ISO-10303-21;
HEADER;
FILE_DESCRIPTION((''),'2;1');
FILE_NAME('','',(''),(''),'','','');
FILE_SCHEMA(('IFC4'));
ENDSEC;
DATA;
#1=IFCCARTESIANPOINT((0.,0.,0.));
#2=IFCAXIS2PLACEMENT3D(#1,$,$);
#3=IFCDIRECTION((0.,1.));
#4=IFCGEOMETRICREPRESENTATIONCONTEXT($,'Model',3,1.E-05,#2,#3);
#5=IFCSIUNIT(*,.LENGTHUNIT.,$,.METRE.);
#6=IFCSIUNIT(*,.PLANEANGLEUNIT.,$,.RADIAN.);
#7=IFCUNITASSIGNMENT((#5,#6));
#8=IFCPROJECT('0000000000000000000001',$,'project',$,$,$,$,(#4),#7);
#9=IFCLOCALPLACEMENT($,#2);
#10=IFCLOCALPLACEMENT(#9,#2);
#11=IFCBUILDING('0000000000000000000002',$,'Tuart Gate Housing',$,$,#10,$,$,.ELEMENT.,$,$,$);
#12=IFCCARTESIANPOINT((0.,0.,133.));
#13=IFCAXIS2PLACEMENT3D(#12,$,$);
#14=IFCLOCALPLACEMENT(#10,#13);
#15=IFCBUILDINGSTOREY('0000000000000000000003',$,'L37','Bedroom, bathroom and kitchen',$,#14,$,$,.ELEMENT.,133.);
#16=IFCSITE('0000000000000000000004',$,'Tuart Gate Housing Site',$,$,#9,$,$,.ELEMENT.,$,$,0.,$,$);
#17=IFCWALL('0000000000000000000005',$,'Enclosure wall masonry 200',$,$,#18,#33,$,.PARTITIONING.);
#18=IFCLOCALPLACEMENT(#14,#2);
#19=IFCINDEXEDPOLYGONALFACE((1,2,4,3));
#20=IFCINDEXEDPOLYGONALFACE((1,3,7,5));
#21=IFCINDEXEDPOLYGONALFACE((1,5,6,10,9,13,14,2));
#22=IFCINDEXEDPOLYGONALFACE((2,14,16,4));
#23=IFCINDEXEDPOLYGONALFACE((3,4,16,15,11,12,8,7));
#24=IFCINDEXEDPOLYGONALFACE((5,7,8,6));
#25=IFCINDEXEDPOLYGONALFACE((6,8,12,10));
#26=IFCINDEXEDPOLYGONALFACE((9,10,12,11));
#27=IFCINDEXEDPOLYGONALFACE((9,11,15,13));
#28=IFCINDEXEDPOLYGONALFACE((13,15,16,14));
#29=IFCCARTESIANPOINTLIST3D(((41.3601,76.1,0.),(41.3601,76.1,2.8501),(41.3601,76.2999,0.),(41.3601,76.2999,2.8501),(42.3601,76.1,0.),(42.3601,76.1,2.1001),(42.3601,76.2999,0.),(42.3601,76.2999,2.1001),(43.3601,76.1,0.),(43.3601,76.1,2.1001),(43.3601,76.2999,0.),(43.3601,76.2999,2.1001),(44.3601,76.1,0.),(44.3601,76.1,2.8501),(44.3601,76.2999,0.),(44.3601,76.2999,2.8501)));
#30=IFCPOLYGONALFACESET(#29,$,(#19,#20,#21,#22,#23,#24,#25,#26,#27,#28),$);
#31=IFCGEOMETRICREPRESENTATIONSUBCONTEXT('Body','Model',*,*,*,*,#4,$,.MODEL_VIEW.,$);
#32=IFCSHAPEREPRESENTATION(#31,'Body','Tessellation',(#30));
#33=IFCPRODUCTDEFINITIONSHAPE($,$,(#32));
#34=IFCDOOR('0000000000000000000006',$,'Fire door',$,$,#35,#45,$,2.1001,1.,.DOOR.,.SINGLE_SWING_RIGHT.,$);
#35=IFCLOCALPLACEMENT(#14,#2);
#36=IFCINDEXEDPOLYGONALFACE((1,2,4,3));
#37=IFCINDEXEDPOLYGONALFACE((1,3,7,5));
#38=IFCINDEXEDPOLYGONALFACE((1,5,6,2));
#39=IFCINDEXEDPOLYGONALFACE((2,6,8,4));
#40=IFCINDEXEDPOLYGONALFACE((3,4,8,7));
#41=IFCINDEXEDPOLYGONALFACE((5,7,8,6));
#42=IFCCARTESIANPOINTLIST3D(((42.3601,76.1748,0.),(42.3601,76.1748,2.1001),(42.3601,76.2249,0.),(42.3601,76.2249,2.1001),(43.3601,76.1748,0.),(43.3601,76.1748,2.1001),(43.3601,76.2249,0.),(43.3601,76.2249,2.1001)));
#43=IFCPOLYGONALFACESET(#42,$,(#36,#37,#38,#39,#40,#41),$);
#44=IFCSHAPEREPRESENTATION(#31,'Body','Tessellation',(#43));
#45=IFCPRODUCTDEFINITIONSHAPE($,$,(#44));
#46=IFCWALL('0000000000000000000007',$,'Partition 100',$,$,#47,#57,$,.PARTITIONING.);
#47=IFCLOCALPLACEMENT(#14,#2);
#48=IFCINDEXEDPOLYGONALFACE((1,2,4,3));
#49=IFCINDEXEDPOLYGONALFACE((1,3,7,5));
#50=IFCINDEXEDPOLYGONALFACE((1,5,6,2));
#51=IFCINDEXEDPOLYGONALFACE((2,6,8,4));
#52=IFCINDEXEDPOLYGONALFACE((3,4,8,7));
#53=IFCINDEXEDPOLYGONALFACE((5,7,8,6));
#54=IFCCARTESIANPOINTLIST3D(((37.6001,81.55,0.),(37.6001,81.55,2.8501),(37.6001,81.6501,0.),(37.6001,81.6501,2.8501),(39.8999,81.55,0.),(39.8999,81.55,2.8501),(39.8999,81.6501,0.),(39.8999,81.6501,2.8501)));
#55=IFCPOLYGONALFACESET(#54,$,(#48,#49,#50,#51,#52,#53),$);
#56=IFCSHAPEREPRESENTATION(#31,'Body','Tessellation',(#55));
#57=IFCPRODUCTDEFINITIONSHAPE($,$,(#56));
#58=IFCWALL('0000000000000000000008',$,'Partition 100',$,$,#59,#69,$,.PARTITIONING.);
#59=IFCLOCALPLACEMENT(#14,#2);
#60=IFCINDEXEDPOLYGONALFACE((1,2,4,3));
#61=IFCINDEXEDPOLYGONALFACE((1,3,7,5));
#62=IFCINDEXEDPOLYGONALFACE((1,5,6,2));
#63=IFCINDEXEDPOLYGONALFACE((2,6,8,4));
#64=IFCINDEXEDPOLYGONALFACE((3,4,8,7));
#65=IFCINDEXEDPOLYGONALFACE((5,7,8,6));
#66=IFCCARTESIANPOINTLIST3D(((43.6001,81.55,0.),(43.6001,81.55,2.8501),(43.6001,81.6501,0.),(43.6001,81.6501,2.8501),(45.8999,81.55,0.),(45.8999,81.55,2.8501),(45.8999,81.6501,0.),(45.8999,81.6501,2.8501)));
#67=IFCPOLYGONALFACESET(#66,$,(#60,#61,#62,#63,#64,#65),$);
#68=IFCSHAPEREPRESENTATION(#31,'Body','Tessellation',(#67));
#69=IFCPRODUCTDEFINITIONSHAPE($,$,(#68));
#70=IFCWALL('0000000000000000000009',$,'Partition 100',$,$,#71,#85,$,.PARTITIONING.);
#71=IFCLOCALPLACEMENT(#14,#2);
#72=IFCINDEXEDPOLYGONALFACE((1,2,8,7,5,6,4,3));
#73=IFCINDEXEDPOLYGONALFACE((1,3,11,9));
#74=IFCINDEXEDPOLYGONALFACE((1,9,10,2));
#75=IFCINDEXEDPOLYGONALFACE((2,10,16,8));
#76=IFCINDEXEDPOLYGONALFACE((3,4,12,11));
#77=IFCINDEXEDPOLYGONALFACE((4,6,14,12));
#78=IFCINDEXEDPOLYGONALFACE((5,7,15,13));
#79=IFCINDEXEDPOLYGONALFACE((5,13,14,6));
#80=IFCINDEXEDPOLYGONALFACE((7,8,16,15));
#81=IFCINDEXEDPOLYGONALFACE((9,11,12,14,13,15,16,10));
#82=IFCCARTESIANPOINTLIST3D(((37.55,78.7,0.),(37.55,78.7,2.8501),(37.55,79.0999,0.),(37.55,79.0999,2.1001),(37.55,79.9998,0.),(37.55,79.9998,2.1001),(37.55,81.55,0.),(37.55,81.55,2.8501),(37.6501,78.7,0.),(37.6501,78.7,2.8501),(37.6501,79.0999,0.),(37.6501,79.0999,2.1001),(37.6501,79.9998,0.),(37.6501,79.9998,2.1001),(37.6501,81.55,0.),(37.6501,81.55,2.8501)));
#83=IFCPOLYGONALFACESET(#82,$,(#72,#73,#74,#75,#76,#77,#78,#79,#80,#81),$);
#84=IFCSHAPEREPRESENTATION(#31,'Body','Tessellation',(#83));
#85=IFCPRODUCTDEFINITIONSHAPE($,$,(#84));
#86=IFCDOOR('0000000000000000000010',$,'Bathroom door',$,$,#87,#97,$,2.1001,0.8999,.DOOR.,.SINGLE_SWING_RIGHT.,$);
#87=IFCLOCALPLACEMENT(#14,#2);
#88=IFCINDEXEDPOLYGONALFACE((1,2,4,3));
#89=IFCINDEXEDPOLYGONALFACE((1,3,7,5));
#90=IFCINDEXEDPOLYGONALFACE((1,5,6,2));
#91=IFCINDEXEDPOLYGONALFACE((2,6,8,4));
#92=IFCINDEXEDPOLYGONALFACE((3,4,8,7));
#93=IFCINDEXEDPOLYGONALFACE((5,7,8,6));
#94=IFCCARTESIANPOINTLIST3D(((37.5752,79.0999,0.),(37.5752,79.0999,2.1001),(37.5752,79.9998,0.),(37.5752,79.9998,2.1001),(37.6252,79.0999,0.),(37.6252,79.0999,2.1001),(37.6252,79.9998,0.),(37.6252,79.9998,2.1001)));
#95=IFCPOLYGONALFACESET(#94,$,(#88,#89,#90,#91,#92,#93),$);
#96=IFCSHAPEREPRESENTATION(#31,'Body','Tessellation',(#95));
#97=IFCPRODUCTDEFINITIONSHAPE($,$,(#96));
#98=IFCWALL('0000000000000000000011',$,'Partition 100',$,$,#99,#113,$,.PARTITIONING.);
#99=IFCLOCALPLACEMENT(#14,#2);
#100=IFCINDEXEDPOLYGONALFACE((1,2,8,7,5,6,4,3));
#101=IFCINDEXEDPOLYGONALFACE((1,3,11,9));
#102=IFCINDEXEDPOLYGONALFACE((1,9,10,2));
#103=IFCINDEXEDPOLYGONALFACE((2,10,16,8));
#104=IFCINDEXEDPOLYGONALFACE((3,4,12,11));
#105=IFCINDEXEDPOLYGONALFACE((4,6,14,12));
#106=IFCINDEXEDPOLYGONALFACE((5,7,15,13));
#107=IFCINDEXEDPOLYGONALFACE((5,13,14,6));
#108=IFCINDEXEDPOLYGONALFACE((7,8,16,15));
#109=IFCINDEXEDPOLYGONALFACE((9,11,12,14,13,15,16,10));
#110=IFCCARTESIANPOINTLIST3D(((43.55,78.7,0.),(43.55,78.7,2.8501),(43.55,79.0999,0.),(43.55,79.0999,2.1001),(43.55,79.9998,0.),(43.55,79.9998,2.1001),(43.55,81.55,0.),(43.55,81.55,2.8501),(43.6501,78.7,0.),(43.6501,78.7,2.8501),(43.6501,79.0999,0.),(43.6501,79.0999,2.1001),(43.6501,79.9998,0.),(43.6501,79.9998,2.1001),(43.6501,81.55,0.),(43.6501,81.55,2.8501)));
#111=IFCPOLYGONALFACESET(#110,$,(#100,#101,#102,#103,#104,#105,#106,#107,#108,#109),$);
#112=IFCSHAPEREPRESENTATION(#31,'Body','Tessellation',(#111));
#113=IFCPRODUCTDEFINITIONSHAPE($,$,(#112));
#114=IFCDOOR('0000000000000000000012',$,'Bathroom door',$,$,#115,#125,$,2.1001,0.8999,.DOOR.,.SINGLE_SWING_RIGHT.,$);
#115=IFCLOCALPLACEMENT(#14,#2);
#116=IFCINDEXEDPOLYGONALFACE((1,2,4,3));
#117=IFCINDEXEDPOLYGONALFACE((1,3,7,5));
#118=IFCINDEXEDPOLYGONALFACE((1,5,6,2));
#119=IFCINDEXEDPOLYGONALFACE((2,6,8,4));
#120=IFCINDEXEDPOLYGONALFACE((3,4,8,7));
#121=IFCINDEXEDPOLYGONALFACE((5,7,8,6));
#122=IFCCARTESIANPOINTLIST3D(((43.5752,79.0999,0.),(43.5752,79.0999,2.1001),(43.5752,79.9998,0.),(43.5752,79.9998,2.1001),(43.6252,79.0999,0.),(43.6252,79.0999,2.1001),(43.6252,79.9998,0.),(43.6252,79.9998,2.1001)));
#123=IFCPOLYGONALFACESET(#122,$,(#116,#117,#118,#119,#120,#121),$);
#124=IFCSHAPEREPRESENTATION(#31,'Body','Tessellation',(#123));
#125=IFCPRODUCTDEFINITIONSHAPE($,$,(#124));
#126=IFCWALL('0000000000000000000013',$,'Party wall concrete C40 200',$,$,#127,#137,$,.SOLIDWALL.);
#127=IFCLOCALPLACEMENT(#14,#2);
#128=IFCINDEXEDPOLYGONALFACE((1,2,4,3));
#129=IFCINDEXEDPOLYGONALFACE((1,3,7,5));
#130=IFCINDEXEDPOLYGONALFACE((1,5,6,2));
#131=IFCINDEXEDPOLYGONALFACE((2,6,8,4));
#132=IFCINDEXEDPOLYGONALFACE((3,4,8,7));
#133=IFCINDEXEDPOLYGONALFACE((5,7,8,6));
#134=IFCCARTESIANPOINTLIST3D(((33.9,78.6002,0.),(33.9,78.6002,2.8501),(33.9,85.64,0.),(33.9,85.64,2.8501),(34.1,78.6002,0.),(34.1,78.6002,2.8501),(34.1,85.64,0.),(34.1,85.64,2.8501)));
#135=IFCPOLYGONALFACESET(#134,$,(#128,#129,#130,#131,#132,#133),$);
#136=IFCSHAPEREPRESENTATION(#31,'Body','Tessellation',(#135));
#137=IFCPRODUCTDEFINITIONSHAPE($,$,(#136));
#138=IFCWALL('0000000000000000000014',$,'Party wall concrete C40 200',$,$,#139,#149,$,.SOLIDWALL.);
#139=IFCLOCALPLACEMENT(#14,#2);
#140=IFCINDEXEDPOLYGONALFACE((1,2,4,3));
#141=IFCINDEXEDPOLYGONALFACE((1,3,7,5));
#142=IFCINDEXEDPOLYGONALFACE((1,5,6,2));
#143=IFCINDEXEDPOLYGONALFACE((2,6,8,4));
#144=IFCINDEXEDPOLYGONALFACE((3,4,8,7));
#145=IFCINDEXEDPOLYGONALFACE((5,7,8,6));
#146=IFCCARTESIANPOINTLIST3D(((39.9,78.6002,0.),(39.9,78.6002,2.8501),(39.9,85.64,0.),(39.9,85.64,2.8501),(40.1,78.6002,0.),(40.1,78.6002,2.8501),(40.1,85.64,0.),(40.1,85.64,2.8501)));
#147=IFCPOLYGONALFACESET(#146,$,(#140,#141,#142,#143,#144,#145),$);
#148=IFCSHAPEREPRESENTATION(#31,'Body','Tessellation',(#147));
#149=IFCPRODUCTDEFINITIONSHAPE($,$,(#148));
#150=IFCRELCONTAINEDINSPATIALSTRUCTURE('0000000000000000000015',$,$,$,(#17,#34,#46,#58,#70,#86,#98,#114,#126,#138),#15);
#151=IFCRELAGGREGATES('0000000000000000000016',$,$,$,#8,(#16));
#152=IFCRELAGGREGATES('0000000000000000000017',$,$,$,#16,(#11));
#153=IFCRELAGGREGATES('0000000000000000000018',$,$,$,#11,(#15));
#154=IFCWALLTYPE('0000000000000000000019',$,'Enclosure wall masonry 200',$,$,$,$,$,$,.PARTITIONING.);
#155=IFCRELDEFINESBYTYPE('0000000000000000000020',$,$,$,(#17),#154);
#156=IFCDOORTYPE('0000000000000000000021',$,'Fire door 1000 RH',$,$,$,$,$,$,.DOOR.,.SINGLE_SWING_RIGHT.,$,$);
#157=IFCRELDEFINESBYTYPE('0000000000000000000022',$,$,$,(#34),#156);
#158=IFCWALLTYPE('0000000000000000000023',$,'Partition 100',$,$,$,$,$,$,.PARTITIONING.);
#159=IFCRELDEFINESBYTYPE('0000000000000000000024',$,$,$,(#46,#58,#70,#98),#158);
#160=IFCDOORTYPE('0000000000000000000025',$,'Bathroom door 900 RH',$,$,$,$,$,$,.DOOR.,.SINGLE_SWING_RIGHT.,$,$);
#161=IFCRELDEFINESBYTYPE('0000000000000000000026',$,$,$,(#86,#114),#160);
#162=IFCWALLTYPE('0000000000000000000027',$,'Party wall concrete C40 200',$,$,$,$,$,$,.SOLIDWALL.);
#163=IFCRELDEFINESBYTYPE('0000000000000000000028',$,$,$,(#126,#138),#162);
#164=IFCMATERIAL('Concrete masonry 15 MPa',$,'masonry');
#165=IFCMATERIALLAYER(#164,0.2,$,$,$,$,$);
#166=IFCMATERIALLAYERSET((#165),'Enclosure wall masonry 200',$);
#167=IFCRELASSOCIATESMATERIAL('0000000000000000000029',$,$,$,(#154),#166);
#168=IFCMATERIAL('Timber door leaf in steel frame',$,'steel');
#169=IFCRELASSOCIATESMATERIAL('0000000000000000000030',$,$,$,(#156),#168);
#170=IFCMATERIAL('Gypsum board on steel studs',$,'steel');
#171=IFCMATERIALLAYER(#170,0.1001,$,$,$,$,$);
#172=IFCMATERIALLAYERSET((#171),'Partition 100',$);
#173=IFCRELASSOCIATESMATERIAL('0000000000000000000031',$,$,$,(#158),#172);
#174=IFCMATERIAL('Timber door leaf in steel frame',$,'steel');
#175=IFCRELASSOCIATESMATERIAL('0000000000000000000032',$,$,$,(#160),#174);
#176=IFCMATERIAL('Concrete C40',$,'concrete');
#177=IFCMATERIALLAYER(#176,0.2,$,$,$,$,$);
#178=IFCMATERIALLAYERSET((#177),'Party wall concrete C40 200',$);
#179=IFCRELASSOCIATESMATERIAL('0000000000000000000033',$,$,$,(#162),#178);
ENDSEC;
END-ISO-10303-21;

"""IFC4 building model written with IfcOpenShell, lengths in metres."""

from ifc_helpers import new_model, si_unit, direction, frame, frame_2d, origin, place, context, subcontext, project, spatial, rectangle, extrude, material, layer, layer_set, type_object, element, fill, save


model = new_model("IFC4")

# Units and contexts
model_context = context("Model", 3, precision=1e-05, world=origin(), true_north=direction((0.0, 1.0)))
body_context = subcontext(model_context, "Body", "Model", "MODEL_VIEW")
ifc_project = project(units=[si_unit("LENGTHUNIT", "METRE"), si_unit("PLANEANGLEUNIT", "RADIAN")], contexts=[model_context])

# Site, building, storey
site_placement = place(None, origin())
site = spatial("IfcSite", under=ifc_project, at=site_placement, Name="Tuart Gate Housing Site", CompositionType="ELEMENT", RefElevation=0.0)
building_placement = place(site_placement, origin())
building = spatial("IfcBuilding", under=site, at=building_placement, Name="Tuart Gate Housing", CompositionType="ELEMENT")
storey_placement = place(building_placement, frame((0.0, 0.0, 133.0)))
storey = spatial("IfcBuildingStorey", under=building, at=storey_placement, Name="L37", Description="Bedroom, bathroom and kitchen", CompositionType="ELEMENT", Elevation=133.0)

# Wall, opening, door
ifc_material_1 = material(Name="Concrete masonry 15 MPa", Category="masonry")
ifc_layer_1 = layer(ifc_material_1, 0.2)
ifc_layer_set_1 = layer_set([ifc_layer_1], Name="Enclosure wall masonry 200")
wall_type_1 = type_object("IfcWallType", Name="Enclosure wall masonry 200", PredefinedType="PARTITIONING", material=ifc_layer_set_1)
wall_1_placement = place(storey_placement, frame((41.3601, 76.2, 0.0), z_axis=(0.0, 0.0, 1.0), x_axis=(1.0, 0.0, 0.0)))
wall_1 = element("IfcWall", 1, at=wall_1_placement, inside=storey, type_object=wall_type_1, Name="Enclosure wall masonry 200", PredefinedType="PARTITIONING", context=body_context, shape_type="SweptSolid", body=[
    extrude(rectangle(XDim=3.0, YDim=0.2, at=frame_2d((1.5, 0.0))), origin(), (0.0, 0.0, 1.0), 2.8501),
])
opening_1_placement = place(wall_1_placement, frame((1.0, 0.0, 0.0)))
opening_1 = element("IfcOpeningElement", 2, at=opening_1_placement, cuts=wall_1, PredefinedType="OPENING", context=body_context, shape_type="SweptSolid", body=[
    extrude(rectangle(XDim=1.0, YDim=2.1001, at=frame_2d((0.5, 1.05))), frame((0.0, 0.1099, 0.0), z_axis=(0.0, -1.0, 0.0), x_axis=(1.0, 0.0, 0.0)), (0.0, 0.0, 1.0), 0.22),
])
ifc_material_2 = material(Name="Timber door leaf in steel frame", Category="steel")
door_type_1 = type_object("IfcDoorType", Name="Fire door 1000 RH", OperationType="SINGLE_SWING_RIGHT", PredefinedType="DOOR", material=ifc_material_2)
door_1_placement = place(opening_1_placement, origin())
door_1 = element("IfcDoor", 3, at=door_1_placement, inside=storey, type_object=door_type_1, Name="Fire door", OperationType="SINGLE_SWING_RIGHT", OverallHeight=2.1001, OverallWidth=1.0, PredefinedType="DOOR", context=body_context, shape_type="SweptSolid", body=[
    extrude(rectangle(XDim=1.0, YDim=2.1001, at=frame_2d((0.5, 1.05))), frame((0.0, 0.0249, 0.0), z_axis=(0.0, -1.0, 0.0), x_axis=(1.0, 0.0, 0.0)), (0.0, 0.0, 1.0), 0.05),
])
fill(opening_1, door_1)

# Walls
ifc_material_3 = material(Name="Gypsum board on steel studs", Category="steel")
ifc_layer_2 = layer(ifc_material_3, 0.1001)
ifc_layer_set_2 = layer_set([ifc_layer_2], Name="Partition 100")
wall_type_2 = type_object("IfcWallType", Name="Partition 100", PredefinedType="PARTITIONING", material=ifc_layer_set_2)
for number, where, z_axis, x_axis, name in (
    (4, (37.6001, 81.6001, 0.0), (0.0, 0.0, 1.0), (1.0, 0.0, 0.0), "Partition 100"),
    (5, (43.6001, 81.6001, 0.0), (0.0, 0.0, 1.0), (1.0, 0.0, 0.0), "Partition 100"),
):
    element("IfcWall", number, at=place(storey_placement, frame(where, z_axis=z_axis, x_axis=x_axis)), inside=storey, type_object=wall_type_2, Name=name, PredefinedType="PARTITIONING", context=body_context, shape_type="SweptSolid", body=[
        extrude(rectangle(XDim=2.2998, YDim=0.1001, at=frame_2d((1.1499, 0.0))), origin(), (0.0, 0.0, 1.0), 2.8501),
    ])

# Walls, openings, doors
wall_2_placement = place(storey_placement, frame((37.6001, 78.7, 0.0), z_axis=(0.0, 0.0, 1.0), x_axis=(0.0, 1.0, 0.0)))
wall_2 = element("IfcWall", 6, at=wall_2_placement, inside=storey, type_object=wall_type_2, Name="Partition 100", PredefinedType="PARTITIONING", context=body_context, shape_type="SweptSolid", body=[
    extrude(rectangle(XDim=2.8501, YDim=0.1001, at=frame_2d((1.425, 0.0))), origin(), (0.0, 0.0, 1.0), 2.8501),
])
opening_2_placement = place(wall_2_placement, frame((0.3999, 0.0, 0.0)))
opening_2 = element("IfcOpeningElement", 7, at=opening_2_placement, cuts=wall_2, PredefinedType="OPENING", context=body_context, shape_type="SweptSolid", body=[
    extrude(rectangle(XDim=0.8999, YDim=2.1001, at=frame_2d((0.45, 1.05))), frame((0.0, 0.0601, 0.0), z_axis=(0.0, -1.0, 0.0), x_axis=(1.0, 0.0, 0.0)), (0.0, 0.0, 1.0), 0.1201),
])
ifc_material_4 = material(Name="Timber door leaf in steel frame", Category="steel")
door_type_2 = type_object("IfcDoorType", Name="Bathroom door 900 RH", OperationType="SINGLE_SWING_RIGHT", PredefinedType="DOOR", material=ifc_material_4)
door_2_placement = place(opening_2_placement, frame((0.8999, 0.0, 0.0), z_axis=(0.0, 0.0, 1.0), x_axis=(-1.0, 0.0, 0.0)))
door_2 = element("IfcDoor", 8, at=door_2_placement, inside=storey, type_object=door_type_2, Name="Bathroom door", OperationType="SINGLE_SWING_RIGHT", OverallHeight=2.1001, OverallWidth=0.8999, PredefinedType="DOOR", context=body_context, shape_type="SweptSolid", body=[
    extrude(rectangle(XDim=0.8999, YDim=2.1001, at=frame_2d((0.45, 1.05))), frame((0.0, 0.0251, 0.0), z_axis=(0.0, -1.0, 0.0), x_axis=(1.0, 0.0, 0.0)), (0.0, 0.0, 1.0), 0.05),
])
fill(opening_2, door_2)
wall_3_placement = place(storey_placement, frame((43.6001, 78.7, 0.0), z_axis=(0.0, 0.0, 1.0), x_axis=(0.0, 1.0, 0.0)))
wall_3 = element("IfcWall", 9, at=wall_3_placement, inside=storey, type_object=wall_type_2, Name="Partition 100", PredefinedType="PARTITIONING", context=body_context, shape_type="SweptSolid", body=[
    extrude(rectangle(XDim=2.8501, YDim=0.1001, at=frame_2d((1.425, 0.0))), origin(), (0.0, 0.0, 1.0), 2.8501),
])
opening_3_placement = place(wall_3_placement, frame((0.3999, 0.0, 0.0)))
opening_3 = element("IfcOpeningElement", 10, at=opening_3_placement, cuts=wall_3, PredefinedType="OPENING", context=body_context, shape_type="SweptSolid", body=[
    extrude(rectangle(XDim=0.8999, YDim=2.1001, at=frame_2d((0.45, 1.05))), frame((0.0, 0.0601, 0.0), z_axis=(0.0, -1.0, 0.0), x_axis=(1.0, 0.0, 0.0)), (0.0, 0.0, 1.0), 0.1201),
])
door_3_placement = place(opening_3_placement, frame((0.8999, 0.0, 0.0), z_axis=(0.0, 0.0, 1.0), x_axis=(-1.0, 0.0, 0.0)))
door_3 = element("IfcDoor", 11, at=door_3_placement, inside=storey, type_object=door_type_2, Name="Bathroom door", OperationType="SINGLE_SWING_RIGHT", OverallHeight=2.1001, OverallWidth=0.8999, PredefinedType="DOOR", context=body_context, shape_type="SweptSolid", body=[
    extrude(rectangle(XDim=0.8999, YDim=2.1001, at=frame_2d((0.45, 1.05))), frame((0.0, 0.0251, 0.0), z_axis=(0.0, -1.0, 0.0), x_axis=(1.0, 0.0, 0.0)), (0.0, 0.0, 1.0), 0.05),
])
fill(opening_3, door_3)

# Walls
ifc_material_5 = material(Name="Concrete C40", Category="concrete")
ifc_layer_3 = layer(ifc_material_5, 0.2)
ifc_layer_set_3 = layer_set([ifc_layer_3], Name="Party wall concrete C40 200")
wall_type_3 = type_object("IfcWallType", Name="Party wall concrete C40 200", PredefinedType="SOLIDWALL", material=ifc_layer_set_3)
for number, where, z_axis, x_axis, name in (
    (12, (34.0, 78.6001, 0.0), (0.0, 0.0, 1.0), (0.0, 1.0, 0.0), "Party wall concrete C40 200"),
    (13, (40.0, 78.6001, 0.0), (0.0, 0.0, 1.0), (0.0, 1.0, 0.0), "Party wall concrete C40 200"),
):
    element("IfcWall", number, at=place(storey_placement, frame(where, z_axis=z_axis, x_axis=x_axis)), inside=storey, type_object=wall_type_3, Name=name, PredefinedType="SOLIDWALL", context=body_context, shape_type="SweptSolid", body=[
        extrude(rectangle(XDim=7.0398, YDim=0.2, at=frame_2d((3.52, 0.0))), origin(), (0.0, 0.0, 1.0), 2.8501),
    ])

save(model, "model.ifc")
